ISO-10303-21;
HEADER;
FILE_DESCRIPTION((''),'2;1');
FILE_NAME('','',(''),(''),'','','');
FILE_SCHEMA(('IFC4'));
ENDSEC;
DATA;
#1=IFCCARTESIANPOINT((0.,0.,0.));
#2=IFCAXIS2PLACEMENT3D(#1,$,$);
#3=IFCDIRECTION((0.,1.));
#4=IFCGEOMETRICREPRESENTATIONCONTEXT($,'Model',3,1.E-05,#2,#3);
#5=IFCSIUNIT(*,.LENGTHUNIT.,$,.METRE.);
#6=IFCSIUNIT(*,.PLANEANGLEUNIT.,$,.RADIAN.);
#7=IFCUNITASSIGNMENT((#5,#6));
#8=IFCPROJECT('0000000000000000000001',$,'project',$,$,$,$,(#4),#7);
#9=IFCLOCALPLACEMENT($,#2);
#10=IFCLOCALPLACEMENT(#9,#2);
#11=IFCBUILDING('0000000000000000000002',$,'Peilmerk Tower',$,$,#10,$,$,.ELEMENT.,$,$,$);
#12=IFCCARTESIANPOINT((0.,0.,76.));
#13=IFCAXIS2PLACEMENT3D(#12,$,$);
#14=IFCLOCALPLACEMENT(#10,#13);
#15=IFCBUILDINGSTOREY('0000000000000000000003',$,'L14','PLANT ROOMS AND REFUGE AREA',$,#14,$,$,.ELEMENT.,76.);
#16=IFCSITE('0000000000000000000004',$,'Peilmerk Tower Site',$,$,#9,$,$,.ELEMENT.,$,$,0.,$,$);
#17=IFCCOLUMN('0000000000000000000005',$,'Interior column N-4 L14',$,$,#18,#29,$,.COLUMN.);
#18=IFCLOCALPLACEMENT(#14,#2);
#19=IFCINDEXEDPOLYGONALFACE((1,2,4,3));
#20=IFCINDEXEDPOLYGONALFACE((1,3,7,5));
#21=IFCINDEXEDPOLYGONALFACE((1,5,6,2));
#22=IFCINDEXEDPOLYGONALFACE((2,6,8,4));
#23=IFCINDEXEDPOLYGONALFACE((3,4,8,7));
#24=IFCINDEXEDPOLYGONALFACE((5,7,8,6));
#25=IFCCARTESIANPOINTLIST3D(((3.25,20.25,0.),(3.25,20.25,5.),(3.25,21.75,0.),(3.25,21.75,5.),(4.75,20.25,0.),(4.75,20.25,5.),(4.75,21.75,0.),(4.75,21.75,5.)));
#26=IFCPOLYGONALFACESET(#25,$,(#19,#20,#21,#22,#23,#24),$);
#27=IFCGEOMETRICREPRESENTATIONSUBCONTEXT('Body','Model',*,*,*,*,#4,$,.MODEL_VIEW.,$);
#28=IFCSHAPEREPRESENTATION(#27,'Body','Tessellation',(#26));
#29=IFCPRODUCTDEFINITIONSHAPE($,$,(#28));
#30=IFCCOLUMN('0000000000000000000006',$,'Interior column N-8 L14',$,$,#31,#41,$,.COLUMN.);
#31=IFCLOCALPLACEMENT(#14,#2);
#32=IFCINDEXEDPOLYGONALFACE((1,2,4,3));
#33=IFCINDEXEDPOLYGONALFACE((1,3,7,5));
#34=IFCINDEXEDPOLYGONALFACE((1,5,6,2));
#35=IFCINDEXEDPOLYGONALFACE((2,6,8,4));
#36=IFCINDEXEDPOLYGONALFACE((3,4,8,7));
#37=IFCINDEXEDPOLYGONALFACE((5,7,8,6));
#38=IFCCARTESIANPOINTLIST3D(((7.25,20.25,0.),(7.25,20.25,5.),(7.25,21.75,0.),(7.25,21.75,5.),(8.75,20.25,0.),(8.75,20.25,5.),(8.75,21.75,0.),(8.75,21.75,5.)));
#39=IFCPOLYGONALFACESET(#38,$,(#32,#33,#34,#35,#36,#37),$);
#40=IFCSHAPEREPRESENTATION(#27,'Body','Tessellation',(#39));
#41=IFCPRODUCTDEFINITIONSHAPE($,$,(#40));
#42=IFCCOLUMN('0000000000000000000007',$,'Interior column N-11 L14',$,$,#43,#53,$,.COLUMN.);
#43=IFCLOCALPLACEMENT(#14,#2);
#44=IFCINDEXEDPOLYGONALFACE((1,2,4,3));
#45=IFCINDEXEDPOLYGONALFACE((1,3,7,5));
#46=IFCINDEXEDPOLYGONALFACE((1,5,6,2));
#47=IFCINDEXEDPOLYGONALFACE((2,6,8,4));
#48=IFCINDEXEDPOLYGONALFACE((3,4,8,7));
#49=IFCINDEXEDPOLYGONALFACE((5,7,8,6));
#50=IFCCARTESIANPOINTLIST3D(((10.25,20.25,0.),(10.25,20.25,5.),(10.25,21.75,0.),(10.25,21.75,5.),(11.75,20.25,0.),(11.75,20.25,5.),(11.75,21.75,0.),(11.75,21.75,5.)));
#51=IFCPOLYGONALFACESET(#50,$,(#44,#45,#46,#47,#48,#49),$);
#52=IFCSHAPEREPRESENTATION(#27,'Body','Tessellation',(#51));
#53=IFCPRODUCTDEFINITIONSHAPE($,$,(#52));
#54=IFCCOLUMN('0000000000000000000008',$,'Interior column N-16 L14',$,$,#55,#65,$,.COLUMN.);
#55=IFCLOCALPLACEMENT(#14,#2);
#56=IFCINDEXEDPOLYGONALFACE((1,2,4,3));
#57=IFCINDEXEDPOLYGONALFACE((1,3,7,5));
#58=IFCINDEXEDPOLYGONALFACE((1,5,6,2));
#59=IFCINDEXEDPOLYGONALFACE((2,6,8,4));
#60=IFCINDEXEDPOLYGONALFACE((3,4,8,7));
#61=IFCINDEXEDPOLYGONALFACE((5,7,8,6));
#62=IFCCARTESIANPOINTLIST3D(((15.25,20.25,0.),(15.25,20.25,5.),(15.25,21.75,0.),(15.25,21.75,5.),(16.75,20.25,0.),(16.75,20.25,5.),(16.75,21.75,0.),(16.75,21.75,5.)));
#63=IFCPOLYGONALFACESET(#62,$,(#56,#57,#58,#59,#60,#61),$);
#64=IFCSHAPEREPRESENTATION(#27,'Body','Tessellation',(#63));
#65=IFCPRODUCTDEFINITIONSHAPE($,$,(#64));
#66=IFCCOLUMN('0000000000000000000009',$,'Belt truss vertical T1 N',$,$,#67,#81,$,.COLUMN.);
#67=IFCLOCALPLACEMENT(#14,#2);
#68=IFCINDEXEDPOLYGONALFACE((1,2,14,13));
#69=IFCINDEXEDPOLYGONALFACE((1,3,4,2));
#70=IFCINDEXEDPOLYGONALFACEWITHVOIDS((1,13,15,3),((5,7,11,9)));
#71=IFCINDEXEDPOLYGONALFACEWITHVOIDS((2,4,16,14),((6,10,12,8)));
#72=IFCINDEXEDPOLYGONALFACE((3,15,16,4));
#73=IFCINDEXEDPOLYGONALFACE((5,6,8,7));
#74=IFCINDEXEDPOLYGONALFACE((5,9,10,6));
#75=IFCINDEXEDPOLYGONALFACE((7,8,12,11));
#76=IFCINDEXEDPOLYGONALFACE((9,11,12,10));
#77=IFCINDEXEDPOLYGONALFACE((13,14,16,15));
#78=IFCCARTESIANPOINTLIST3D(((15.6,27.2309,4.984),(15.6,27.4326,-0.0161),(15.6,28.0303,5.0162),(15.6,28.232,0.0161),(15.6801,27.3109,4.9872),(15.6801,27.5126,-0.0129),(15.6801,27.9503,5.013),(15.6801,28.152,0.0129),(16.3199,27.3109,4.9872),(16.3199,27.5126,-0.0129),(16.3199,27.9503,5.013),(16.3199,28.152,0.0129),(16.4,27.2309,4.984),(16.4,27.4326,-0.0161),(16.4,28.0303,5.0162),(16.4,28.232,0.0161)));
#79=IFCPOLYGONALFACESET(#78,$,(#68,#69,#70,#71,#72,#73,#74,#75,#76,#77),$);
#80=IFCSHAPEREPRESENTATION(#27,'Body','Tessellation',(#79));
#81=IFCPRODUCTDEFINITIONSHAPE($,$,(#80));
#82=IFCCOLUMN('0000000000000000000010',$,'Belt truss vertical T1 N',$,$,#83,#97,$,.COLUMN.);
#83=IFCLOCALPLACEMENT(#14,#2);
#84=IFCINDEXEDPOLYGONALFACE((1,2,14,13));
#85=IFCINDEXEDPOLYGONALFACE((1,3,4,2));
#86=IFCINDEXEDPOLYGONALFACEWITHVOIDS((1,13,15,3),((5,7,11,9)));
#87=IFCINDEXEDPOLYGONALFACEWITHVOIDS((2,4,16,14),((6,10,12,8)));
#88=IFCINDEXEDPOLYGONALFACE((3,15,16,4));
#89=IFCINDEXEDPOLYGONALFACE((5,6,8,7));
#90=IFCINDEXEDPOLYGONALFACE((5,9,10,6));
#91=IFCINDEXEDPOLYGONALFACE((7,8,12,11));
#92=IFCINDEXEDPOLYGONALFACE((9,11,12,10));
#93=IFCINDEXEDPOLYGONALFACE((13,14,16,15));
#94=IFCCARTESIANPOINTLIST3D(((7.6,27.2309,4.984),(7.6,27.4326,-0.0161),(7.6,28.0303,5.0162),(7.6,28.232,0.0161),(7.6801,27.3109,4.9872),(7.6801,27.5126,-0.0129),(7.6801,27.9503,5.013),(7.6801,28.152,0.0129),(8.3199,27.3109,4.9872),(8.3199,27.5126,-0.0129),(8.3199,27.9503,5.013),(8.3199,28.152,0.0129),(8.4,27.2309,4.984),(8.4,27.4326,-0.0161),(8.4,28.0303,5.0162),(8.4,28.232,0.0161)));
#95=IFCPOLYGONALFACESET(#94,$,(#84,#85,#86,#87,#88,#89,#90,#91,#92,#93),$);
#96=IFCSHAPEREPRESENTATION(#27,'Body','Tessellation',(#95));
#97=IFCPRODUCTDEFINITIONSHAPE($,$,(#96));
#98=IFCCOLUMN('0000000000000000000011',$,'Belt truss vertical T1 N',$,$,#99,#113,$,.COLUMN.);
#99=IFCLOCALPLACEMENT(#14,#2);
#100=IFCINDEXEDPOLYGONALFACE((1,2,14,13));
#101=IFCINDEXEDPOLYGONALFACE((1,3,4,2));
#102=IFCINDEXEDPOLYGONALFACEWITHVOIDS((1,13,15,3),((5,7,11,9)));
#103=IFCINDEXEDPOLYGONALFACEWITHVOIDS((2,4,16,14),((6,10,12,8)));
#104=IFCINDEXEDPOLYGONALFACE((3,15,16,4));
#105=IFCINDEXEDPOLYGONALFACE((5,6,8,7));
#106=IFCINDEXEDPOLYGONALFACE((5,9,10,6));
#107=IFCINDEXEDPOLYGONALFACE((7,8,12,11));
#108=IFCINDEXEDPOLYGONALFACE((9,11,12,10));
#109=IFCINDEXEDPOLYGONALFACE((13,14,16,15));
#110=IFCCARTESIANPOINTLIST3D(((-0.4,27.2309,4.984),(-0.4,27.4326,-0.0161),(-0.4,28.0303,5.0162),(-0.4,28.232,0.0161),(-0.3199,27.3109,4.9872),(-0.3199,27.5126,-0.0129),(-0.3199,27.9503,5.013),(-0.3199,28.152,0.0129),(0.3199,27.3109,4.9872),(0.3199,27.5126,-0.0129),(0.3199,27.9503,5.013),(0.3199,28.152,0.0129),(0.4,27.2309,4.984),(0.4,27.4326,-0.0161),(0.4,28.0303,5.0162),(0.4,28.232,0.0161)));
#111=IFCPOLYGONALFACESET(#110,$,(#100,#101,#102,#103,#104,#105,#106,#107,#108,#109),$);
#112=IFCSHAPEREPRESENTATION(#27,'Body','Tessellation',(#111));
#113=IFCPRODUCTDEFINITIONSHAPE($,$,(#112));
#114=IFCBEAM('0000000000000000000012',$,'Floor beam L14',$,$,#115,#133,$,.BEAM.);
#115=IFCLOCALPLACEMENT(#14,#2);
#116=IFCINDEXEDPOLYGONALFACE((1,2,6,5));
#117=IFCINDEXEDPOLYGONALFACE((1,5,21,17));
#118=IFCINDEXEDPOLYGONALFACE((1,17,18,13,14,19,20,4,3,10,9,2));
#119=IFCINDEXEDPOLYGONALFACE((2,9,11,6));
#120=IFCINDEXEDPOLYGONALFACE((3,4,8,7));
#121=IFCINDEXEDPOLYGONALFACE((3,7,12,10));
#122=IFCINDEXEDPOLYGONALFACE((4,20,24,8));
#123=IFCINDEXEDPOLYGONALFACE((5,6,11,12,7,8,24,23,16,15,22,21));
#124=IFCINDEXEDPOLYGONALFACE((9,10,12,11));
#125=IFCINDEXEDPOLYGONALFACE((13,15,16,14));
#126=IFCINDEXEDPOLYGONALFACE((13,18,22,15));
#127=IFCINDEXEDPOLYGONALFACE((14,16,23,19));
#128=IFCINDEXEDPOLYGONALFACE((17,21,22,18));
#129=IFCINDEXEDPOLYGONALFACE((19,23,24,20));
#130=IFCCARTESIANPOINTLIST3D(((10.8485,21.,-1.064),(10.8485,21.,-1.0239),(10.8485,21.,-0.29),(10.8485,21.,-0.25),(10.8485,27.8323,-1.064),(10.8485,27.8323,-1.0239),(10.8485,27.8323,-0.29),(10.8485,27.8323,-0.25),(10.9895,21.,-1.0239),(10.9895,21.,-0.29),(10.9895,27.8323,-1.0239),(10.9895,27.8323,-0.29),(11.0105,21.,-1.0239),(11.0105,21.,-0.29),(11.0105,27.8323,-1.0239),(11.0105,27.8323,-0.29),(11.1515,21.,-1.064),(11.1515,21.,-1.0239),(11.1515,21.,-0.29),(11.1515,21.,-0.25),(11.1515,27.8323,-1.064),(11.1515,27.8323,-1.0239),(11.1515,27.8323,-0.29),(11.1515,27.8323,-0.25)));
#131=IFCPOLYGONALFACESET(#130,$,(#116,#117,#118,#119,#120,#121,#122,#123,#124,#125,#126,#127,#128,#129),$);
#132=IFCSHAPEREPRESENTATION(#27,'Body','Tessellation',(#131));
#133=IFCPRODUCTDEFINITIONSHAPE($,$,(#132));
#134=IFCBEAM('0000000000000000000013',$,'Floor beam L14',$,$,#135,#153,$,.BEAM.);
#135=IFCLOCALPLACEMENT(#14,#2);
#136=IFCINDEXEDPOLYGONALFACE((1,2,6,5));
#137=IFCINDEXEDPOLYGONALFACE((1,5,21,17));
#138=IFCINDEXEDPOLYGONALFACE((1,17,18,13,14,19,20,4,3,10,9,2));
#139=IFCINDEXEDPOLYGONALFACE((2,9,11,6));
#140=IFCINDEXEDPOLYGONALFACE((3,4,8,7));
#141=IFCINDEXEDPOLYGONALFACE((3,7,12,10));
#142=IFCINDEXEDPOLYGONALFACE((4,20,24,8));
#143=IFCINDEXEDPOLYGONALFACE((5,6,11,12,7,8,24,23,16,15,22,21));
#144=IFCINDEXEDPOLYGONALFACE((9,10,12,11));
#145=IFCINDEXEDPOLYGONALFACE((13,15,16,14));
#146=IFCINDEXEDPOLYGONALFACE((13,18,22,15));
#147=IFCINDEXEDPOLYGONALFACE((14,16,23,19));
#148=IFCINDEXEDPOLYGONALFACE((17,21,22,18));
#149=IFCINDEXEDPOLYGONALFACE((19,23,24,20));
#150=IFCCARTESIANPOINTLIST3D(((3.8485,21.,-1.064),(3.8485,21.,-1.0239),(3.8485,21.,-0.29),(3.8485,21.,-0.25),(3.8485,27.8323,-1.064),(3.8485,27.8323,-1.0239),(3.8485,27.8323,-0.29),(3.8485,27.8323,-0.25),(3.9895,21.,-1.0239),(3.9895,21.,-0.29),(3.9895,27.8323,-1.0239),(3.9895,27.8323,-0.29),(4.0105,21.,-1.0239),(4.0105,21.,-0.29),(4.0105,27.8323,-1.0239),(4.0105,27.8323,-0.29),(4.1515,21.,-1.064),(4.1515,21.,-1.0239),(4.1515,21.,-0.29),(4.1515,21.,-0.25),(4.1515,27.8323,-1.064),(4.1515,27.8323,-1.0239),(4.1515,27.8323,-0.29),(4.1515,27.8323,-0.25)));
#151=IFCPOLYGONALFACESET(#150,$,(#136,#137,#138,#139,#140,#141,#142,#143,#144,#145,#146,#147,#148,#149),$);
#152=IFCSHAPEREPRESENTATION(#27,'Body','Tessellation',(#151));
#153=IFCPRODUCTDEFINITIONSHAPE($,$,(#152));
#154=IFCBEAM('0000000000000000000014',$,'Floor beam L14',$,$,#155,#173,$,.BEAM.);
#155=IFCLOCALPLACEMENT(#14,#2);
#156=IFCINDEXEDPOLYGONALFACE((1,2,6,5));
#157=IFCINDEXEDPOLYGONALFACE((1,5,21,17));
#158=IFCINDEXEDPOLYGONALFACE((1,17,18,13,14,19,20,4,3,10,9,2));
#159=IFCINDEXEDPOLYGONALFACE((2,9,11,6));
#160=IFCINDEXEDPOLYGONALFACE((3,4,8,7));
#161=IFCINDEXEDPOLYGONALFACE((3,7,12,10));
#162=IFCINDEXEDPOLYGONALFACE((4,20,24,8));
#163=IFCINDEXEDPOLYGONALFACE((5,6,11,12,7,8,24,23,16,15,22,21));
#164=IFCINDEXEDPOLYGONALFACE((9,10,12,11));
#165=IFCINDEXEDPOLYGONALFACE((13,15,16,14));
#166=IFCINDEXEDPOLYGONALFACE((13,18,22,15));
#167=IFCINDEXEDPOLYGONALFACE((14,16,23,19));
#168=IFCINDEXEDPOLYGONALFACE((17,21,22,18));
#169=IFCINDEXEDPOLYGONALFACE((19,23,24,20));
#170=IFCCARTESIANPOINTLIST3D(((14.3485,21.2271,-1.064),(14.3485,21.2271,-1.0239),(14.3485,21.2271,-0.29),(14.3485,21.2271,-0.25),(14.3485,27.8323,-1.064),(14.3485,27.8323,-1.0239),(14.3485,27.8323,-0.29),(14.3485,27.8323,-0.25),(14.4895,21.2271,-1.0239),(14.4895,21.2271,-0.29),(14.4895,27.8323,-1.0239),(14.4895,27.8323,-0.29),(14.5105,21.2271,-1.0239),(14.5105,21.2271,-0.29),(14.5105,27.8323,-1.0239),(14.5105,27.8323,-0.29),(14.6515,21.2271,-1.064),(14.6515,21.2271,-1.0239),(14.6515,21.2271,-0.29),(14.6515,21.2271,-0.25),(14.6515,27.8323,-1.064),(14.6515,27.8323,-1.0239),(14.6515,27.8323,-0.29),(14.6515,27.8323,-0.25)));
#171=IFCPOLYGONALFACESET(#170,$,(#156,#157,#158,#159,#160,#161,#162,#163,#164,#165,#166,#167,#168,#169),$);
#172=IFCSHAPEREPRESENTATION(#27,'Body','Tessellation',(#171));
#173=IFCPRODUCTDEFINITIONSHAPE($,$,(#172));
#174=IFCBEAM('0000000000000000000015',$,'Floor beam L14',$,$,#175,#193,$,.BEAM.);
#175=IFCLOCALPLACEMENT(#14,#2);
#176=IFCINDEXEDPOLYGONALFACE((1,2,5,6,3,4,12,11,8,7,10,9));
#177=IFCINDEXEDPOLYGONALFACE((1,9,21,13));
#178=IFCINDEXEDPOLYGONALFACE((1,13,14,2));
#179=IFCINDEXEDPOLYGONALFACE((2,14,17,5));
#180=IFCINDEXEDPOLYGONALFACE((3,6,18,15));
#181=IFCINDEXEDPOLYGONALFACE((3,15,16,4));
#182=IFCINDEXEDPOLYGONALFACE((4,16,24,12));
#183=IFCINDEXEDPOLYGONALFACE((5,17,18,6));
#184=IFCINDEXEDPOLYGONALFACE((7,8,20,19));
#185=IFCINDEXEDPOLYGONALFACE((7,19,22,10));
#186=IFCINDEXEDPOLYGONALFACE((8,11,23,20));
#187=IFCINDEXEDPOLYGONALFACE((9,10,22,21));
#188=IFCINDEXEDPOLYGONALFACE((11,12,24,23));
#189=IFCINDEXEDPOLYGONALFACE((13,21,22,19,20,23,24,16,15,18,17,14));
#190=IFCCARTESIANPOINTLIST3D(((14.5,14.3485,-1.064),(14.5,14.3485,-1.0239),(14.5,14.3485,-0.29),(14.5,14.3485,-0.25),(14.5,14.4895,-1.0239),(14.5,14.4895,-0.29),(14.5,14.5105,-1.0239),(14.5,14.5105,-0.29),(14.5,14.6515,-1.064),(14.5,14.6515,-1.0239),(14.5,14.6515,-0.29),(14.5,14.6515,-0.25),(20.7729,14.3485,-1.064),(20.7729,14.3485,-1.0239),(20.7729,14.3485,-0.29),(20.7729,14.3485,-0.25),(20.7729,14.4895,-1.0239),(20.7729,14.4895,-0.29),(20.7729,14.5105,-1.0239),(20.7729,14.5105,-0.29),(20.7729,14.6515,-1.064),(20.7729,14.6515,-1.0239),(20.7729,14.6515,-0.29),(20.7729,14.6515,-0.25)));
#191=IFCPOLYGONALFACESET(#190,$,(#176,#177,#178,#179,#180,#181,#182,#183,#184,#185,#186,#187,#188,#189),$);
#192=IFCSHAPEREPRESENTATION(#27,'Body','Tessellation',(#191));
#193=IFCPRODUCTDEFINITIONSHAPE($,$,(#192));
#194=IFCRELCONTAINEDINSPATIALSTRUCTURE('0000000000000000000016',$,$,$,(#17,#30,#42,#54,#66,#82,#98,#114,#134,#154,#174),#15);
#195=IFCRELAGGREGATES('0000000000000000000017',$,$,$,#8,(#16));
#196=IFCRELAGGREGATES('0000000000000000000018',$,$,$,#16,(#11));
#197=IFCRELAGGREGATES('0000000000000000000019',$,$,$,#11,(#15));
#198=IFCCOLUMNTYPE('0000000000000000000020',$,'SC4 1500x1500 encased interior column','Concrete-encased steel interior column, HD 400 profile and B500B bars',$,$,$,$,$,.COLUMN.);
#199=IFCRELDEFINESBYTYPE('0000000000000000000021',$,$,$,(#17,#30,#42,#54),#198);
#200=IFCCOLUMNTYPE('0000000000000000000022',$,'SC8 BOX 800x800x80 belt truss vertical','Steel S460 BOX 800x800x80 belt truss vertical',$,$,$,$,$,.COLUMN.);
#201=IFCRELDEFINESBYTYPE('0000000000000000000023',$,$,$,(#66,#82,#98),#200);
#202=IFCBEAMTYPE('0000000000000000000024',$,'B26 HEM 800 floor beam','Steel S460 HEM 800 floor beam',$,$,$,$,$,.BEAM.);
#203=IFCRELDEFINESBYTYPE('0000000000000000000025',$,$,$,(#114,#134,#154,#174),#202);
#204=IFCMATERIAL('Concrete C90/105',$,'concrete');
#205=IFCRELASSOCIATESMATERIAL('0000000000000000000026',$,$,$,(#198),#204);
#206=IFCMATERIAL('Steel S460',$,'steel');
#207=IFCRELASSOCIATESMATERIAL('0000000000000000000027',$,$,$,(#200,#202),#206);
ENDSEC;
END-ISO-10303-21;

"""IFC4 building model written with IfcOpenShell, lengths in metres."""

from ifc_helpers import new_model, si_unit, direction, frame, origin, origin_2d, place, context, subcontext, project, spatial, rectangle, hollow_rectangle, i_section, extrude, material, material_profile, profile_set, type_object, element, save


model = new_model("IFC4")

# Units and contexts
model_context = context("Model", 3, precision=1e-05, world=origin(), true_north=direction((0.0, 1.0)))
body_context = subcontext(model_context, "Body", "Model", "MODEL_VIEW")
ifc_project = project(units=[si_unit("LENGTHUNIT", "METRE"), si_unit("PLANEANGLEUNIT", "RADIAN")], contexts=[model_context])

# Site, building, storey
site_placement = place(None, origin())
site = spatial("IfcSite", under=ifc_project, at=site_placement, Name="Peilmerk Tower Site", CompositionType="ELEMENT", RefElevation=0.0)
building_placement = place(site_placement, origin())
building = spatial("IfcBuilding", under=site, at=building_placement, Name="Peilmerk Tower", CompositionType="ELEMENT")
storey_placement = place(building_placement, frame((0.0, 0.0, 76.0)))
storey = spatial("IfcBuildingStorey", under=building, at=storey_placement, Name="L14", Description="PLANT ROOMS AND REFUGE AREA", CompositionType="ELEMENT", Elevation=76.0)

# Columns
ifc_material_1 = material(Name="Concrete C90/105", Category="concrete")
ifc_material_profile_1 = material_profile(ifc_material_1, rectangle(XDim=1.5, YDim=1.5, at=origin_2d()), Name="RC 1500x1500")
ifc_profile_set_1 = profile_set([ifc_material_profile_1], Name="Concrete C90/105")
column_type_1 = type_object("IfcColumnType", Name="SC4 1500x1500 encased interior column", Description="Concrete-encased steel interior column, HD 400 profile and B500B bars", PredefinedType="COLUMN", material=ifc_profile_set_1)
for number, where, z_axis, x_axis, name in (
    (1, (4.0, 21.0, 0.0), (0.0, 0.0, 1.0), (1.0, 0.0, 0.0), "Interior column N-4 L14"),
    (2, (8.0, 21.0, 0.0), (0.0, 0.0, 1.0), (1.0, 0.0, 0.0), "Interior column N-8 L14"),
    (3, (11.0, 21.0, 0.0), (0.0, 0.0, 1.0), (1.0, 0.0, 0.0), "Interior column N-11 L14"),
    (4, (16.0, 21.0, 0.0), (0.0, 0.0, 1.0), (1.0, 0.0, 0.0), "Interior column N-16 L14"),
):
    element("IfcColumn", number, at=place(storey_placement, frame(where, z_axis=z_axis, x_axis=x_axis)), inside=storey, type_object=column_type_1, Name=name, PredefinedType="COLUMN", context=body_context, shape_type="SweptSolid", body=[
        extrude(rectangle(XDim=1.5, YDim=1.5, at=origin_2d()), origin(), (0.0, 0.0, 1.0), 5.0),
    ])
ifc_material_2 = material(Name="Steel S460", Category="steel")
ifc_material_profile_2 = material_profile(ifc_material_2, hollow_rectangle(XDim=0.8, YDim=0.8, WallThickness=0.0801, at=origin_2d()), Name="BOX 800x800x80")
ifc_profile_set_2 = profile_set([ifc_material_profile_2], Name="Steel S460")
column_type_2 = type_object("IfcColumnType", Name="SC8 BOX 800x800x80 belt truss vertical", Description="Steel S460 BOX 800x800x80 belt truss vertical", PredefinedType="COLUMN", material=ifc_profile_set_2)
for number, where, z_axis, x_axis, name in (
    (5, (16.0, 27.8323, 0.0), (0.0, -0.040299, 0.999188), (1.0, 0.0, 0.0), "Belt truss vertical T1 N"),
    (6, (8.0, 27.8323, 0.0), (0.0, -0.040299, 0.999188), (1.0, 0.0, 0.0), "Belt truss vertical T1 N"),
    (7, (0.0, 27.8323, 0.0), (0.0, -0.040299, 0.999188), (1.0, 0.0, 0.0), "Belt truss vertical T1 N"),
):
    element("IfcColumn", number, at=place(storey_placement, frame(where, z_axis=z_axis, x_axis=x_axis)), inside=storey, type_object=column_type_2, Name=name, PredefinedType="COLUMN", context=body_context, shape_type="SweptSolid", body=[
        extrude(hollow_rectangle(XDim=0.8, YDim=0.8, WallThickness=0.0801, at=origin_2d()), origin(), (0.0, 0.0, 1.0), 5.0042),
    ])

# Beams
ifc_material_profile_3 = material_profile(ifc_material_2, i_section(OverallWidth=0.303, OverallDepth=0.814, WebThickness=0.021, FlangeThickness=0.04, at=origin_2d()), Name="HEM 800")
ifc_profile_set_3 = profile_set([ifc_material_profile_3], Name="Steel S460")
beam_type_1 = type_object("IfcBeamType", Name="B26 HEM 800 floor beam", Description="Steel S460 HEM 800 floor beam", PredefinedType="BEAM", material=ifc_profile_set_3)
for number, where, z_axis, x_axis, name in (
    (8, (11.0, 21.0, -0.657), (0.0, 1.0, 0.0), (-1.0, 0.0, 0.0), "Floor beam L14"),
    (9, (4.0, 21.0, -0.657), (0.0, 1.0, 0.0), (-1.0, 0.0, 0.0), "Floor beam L14"),
):
    element("IfcBeam", number, at=place(storey_placement, frame(where, z_axis=z_axis, x_axis=x_axis)), inside=storey, type_object=beam_type_1, Name=name, PredefinedType="BEAM", context=body_context, shape_type="SweptSolid", body=[
        extrude(i_section(OverallWidth=0.303, OverallDepth=0.814, WebThickness=0.021, FlangeThickness=0.04, at=origin_2d()), origin(), (0.0, 0.0, 1.0), 6.8323),
    ])
beam_1_placement = place(storey_placement, frame((14.5, 21.2271, -0.657), z_axis=(0.0, 1.0, 0.0), x_axis=(-1.0, 0.0, 0.0)))
element("IfcBeam", 10, at=beam_1_placement, inside=storey, type_object=beam_type_1, Name="Floor beam L14", PredefinedType="BEAM", context=body_context, shape_type="SweptSolid", body=[
    extrude(i_section(OverallWidth=0.303, OverallDepth=0.814, WebThickness=0.021, FlangeThickness=0.04, at=origin_2d()), origin(), (0.0, 0.0, 1.0), 6.6052),
])
beam_2_placement = place(storey_placement, frame((14.5, 14.5, -0.657), z_axis=(1.0, 0.0, 0.0), x_axis=(0.0, 1.0, 0.0)))
element("IfcBeam", 11, at=beam_2_placement, inside=storey, type_object=beam_type_1, Name="Floor beam L14", PredefinedType="BEAM", context=body_context, shape_type="SweptSolid", body=[
    extrude(i_section(OverallWidth=0.303, OverallDepth=0.814, WebThickness=0.021, FlangeThickness=0.04, at=origin_2d()), origin(), (0.0, 0.0, 1.0), 6.2729),
])

save(model, "model.ifc")
